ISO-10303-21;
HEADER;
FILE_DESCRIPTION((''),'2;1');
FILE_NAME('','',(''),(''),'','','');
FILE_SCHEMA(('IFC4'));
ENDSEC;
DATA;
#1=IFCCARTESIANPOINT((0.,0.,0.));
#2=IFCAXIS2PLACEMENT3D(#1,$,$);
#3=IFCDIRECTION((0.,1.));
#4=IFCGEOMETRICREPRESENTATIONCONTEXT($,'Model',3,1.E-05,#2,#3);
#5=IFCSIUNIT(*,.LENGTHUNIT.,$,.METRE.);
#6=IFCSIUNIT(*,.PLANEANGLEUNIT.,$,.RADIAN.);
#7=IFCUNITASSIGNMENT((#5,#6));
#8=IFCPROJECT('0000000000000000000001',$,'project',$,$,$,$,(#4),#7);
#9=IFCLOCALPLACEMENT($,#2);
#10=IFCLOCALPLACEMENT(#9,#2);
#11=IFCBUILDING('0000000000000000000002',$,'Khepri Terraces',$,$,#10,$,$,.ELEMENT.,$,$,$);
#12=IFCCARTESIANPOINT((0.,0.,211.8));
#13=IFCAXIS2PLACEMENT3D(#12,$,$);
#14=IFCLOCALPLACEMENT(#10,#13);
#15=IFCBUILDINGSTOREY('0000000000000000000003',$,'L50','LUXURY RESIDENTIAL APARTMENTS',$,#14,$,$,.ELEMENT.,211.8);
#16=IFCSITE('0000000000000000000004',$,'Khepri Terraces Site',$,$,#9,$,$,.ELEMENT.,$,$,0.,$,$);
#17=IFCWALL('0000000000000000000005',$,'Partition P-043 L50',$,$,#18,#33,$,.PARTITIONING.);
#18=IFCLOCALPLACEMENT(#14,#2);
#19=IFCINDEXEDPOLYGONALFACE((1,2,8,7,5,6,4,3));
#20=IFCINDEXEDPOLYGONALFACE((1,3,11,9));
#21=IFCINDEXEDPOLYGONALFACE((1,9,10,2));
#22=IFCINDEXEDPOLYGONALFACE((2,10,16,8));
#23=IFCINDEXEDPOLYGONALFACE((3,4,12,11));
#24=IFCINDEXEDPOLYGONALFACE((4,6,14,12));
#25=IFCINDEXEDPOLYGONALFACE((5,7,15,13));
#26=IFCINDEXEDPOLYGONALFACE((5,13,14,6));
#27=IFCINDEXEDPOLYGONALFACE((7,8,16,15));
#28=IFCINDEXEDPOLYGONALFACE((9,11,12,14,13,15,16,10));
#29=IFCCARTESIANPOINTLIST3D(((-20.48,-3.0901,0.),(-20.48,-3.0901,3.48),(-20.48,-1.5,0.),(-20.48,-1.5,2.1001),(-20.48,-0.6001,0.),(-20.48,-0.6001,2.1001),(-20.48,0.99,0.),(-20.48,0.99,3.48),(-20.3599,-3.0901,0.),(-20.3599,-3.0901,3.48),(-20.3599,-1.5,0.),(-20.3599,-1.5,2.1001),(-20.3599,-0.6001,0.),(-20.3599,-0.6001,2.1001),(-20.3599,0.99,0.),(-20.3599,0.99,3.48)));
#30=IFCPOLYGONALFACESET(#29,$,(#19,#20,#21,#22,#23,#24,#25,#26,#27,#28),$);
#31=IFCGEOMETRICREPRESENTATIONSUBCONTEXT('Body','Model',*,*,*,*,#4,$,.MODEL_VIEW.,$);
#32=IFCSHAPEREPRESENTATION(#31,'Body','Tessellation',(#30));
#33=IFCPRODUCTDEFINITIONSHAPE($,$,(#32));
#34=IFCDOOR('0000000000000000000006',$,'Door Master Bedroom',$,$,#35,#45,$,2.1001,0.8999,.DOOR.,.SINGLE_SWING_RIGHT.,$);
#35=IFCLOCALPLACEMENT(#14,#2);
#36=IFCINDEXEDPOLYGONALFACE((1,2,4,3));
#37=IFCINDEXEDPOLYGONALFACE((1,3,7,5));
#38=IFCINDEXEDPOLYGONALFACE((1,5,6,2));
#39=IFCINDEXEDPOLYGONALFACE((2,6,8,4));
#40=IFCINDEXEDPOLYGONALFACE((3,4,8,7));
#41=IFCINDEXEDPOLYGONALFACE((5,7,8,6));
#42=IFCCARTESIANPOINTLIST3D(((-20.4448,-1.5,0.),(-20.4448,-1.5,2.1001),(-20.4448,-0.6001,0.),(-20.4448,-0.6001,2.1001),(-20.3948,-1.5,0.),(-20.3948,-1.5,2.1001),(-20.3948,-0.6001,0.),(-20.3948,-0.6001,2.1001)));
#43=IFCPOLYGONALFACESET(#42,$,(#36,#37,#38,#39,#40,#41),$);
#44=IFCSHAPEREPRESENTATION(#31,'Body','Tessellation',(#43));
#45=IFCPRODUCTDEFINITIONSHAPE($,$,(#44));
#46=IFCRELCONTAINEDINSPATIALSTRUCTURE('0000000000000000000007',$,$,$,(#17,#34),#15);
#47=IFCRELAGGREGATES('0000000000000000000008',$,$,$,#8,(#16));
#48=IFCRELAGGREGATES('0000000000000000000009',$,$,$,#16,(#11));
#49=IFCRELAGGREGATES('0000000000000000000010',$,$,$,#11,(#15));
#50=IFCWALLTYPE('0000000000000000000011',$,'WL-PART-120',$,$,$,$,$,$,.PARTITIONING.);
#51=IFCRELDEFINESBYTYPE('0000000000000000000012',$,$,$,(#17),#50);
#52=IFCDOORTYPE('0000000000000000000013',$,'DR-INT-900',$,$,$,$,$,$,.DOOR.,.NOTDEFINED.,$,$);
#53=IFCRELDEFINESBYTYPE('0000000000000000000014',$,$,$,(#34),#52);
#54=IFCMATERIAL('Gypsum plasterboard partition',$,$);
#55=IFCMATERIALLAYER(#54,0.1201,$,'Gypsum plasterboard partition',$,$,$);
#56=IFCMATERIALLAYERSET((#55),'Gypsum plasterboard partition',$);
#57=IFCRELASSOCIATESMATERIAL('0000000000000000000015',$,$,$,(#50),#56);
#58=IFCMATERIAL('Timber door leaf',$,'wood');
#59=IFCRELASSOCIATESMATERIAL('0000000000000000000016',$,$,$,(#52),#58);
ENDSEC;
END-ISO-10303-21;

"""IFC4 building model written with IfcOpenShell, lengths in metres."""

from ifc_helpers import new_model, si_unit, direction, frame, frame_2d, origin, place, context, subcontext, project, spatial, rectangle, extrude, material, layer, layer_set, type_object, element, fill, save


model = new_model("IFC4")

# Units and contexts
model_context = context("Model", 3, precision=1e-05, world=origin(), true_north=direction((0.0, 1.0)))
body_context = subcontext(model_context, "Body", "Model", "MODEL_VIEW")
ifc_project = project(units=[si_unit("LENGTHUNIT", "METRE"), si_unit("PLANEANGLEUNIT", "RADIAN")], contexts=[model_context])

# Site, building, storey
site_placement = place(None, origin())
site = spatial("IfcSite", under=ifc_project, at=site_placement, Name="Khepri Terraces Site", CompositionType="ELEMENT", RefElevation=0.0)
building_placement = place(site_placement, origin())
building = spatial("IfcBuilding", under=site, at=building_placement, Name="Khepri Terraces", CompositionType="ELEMENT")
storey_placement = place(building_placement, frame((0.0, 0.0, 211.8)))
storey = spatial("IfcBuildingStorey", under=building, at=storey_placement, Name="L50", Description="LUXURY RESIDENTIAL APARTMENTS", CompositionType="ELEMENT", Elevation=211.8)

# Shared definitions
ifc_material_1 = material(Name="Gypsum plasterboard partition")
ifc_layer_1 = layer(ifc_material_1, 0.1201, Name="Gypsum plasterboard partition")
ifc_layer_set_1 = layer_set([ifc_layer_1], Name="Gypsum plasterboard partition")
wall_type_1 = type_object("IfcWallType", Name="WL-PART-120", PredefinedType="PARTITIONING", material=ifc_layer_set_1)

# Wall, opening, door
ifc_material_2 = material(Name="Timber door leaf", Category="wood")
door_type_1 = type_object("IfcDoorType", Name="DR-INT-900", OperationType="NOTDEFINED", PredefinedType="DOOR", material=ifc_material_2)
wall_1_placement = place(storey_placement, frame((-20.4199, -3.0901, 0.0), z_axis=(0.0, 0.0, 1.0), x_axis=(0.0, 1.0, 0.0)))
wall_1 = element("IfcWall", 1, at=wall_1_placement, inside=storey, type_object=wall_type_1, Name="Partition P-043 L50", PredefinedType="PARTITIONING", context=body_context, shape_type="SweptSolid", body=[
    extrude(rectangle(XDim=4.0801, YDim=0.1201, at=frame_2d((2.04, 0.0))), origin(), (0.0, 0.0, 1.0), 3.48),
])
opening_1_placement = place(wall_1_placement, frame((1.5901, 0.0, 0.0)))
opening_1 = element("IfcOpeningElement", 2, at=opening_1_placement, cuts=wall_1, PredefinedType="OPENING", context=body_context, shape_type="SweptSolid", body=[
    extrude(rectangle(XDim=0.8999, YDim=2.1001, at=frame_2d((0.45, 1.05))), frame((0.0, 0.0701, 0.0), z_axis=(0.0, -1.0, 0.0), x_axis=(1.0, 0.0, 0.0)), (0.0, 0.0, 1.0), 0.1401),
])
door_1_placement = place(opening_1_placement, origin())
door_1 = element("IfcDoor", 3, at=door_1_placement, inside=storey, type_object=door_type_1, Name="Door Master Bedroom", OperationType="SINGLE_SWING_RIGHT", OverallHeight=2.1001, OverallWidth=0.8999, PredefinedType="DOOR", context=body_context, shape_type="SweptSolid", body=[
    extrude(rectangle(XDim=0.8999, YDim=2.1001, at=frame_2d((0.45, 1.05))), frame((0.0, 0.0249, 0.0), z_axis=(0.0, -1.0, 0.0), x_axis=(1.0, 0.0, 0.0)), (0.0, 0.0, 1.0), 0.05),
])
fill(opening_1, door_1)

save(model, "model.ifc")
